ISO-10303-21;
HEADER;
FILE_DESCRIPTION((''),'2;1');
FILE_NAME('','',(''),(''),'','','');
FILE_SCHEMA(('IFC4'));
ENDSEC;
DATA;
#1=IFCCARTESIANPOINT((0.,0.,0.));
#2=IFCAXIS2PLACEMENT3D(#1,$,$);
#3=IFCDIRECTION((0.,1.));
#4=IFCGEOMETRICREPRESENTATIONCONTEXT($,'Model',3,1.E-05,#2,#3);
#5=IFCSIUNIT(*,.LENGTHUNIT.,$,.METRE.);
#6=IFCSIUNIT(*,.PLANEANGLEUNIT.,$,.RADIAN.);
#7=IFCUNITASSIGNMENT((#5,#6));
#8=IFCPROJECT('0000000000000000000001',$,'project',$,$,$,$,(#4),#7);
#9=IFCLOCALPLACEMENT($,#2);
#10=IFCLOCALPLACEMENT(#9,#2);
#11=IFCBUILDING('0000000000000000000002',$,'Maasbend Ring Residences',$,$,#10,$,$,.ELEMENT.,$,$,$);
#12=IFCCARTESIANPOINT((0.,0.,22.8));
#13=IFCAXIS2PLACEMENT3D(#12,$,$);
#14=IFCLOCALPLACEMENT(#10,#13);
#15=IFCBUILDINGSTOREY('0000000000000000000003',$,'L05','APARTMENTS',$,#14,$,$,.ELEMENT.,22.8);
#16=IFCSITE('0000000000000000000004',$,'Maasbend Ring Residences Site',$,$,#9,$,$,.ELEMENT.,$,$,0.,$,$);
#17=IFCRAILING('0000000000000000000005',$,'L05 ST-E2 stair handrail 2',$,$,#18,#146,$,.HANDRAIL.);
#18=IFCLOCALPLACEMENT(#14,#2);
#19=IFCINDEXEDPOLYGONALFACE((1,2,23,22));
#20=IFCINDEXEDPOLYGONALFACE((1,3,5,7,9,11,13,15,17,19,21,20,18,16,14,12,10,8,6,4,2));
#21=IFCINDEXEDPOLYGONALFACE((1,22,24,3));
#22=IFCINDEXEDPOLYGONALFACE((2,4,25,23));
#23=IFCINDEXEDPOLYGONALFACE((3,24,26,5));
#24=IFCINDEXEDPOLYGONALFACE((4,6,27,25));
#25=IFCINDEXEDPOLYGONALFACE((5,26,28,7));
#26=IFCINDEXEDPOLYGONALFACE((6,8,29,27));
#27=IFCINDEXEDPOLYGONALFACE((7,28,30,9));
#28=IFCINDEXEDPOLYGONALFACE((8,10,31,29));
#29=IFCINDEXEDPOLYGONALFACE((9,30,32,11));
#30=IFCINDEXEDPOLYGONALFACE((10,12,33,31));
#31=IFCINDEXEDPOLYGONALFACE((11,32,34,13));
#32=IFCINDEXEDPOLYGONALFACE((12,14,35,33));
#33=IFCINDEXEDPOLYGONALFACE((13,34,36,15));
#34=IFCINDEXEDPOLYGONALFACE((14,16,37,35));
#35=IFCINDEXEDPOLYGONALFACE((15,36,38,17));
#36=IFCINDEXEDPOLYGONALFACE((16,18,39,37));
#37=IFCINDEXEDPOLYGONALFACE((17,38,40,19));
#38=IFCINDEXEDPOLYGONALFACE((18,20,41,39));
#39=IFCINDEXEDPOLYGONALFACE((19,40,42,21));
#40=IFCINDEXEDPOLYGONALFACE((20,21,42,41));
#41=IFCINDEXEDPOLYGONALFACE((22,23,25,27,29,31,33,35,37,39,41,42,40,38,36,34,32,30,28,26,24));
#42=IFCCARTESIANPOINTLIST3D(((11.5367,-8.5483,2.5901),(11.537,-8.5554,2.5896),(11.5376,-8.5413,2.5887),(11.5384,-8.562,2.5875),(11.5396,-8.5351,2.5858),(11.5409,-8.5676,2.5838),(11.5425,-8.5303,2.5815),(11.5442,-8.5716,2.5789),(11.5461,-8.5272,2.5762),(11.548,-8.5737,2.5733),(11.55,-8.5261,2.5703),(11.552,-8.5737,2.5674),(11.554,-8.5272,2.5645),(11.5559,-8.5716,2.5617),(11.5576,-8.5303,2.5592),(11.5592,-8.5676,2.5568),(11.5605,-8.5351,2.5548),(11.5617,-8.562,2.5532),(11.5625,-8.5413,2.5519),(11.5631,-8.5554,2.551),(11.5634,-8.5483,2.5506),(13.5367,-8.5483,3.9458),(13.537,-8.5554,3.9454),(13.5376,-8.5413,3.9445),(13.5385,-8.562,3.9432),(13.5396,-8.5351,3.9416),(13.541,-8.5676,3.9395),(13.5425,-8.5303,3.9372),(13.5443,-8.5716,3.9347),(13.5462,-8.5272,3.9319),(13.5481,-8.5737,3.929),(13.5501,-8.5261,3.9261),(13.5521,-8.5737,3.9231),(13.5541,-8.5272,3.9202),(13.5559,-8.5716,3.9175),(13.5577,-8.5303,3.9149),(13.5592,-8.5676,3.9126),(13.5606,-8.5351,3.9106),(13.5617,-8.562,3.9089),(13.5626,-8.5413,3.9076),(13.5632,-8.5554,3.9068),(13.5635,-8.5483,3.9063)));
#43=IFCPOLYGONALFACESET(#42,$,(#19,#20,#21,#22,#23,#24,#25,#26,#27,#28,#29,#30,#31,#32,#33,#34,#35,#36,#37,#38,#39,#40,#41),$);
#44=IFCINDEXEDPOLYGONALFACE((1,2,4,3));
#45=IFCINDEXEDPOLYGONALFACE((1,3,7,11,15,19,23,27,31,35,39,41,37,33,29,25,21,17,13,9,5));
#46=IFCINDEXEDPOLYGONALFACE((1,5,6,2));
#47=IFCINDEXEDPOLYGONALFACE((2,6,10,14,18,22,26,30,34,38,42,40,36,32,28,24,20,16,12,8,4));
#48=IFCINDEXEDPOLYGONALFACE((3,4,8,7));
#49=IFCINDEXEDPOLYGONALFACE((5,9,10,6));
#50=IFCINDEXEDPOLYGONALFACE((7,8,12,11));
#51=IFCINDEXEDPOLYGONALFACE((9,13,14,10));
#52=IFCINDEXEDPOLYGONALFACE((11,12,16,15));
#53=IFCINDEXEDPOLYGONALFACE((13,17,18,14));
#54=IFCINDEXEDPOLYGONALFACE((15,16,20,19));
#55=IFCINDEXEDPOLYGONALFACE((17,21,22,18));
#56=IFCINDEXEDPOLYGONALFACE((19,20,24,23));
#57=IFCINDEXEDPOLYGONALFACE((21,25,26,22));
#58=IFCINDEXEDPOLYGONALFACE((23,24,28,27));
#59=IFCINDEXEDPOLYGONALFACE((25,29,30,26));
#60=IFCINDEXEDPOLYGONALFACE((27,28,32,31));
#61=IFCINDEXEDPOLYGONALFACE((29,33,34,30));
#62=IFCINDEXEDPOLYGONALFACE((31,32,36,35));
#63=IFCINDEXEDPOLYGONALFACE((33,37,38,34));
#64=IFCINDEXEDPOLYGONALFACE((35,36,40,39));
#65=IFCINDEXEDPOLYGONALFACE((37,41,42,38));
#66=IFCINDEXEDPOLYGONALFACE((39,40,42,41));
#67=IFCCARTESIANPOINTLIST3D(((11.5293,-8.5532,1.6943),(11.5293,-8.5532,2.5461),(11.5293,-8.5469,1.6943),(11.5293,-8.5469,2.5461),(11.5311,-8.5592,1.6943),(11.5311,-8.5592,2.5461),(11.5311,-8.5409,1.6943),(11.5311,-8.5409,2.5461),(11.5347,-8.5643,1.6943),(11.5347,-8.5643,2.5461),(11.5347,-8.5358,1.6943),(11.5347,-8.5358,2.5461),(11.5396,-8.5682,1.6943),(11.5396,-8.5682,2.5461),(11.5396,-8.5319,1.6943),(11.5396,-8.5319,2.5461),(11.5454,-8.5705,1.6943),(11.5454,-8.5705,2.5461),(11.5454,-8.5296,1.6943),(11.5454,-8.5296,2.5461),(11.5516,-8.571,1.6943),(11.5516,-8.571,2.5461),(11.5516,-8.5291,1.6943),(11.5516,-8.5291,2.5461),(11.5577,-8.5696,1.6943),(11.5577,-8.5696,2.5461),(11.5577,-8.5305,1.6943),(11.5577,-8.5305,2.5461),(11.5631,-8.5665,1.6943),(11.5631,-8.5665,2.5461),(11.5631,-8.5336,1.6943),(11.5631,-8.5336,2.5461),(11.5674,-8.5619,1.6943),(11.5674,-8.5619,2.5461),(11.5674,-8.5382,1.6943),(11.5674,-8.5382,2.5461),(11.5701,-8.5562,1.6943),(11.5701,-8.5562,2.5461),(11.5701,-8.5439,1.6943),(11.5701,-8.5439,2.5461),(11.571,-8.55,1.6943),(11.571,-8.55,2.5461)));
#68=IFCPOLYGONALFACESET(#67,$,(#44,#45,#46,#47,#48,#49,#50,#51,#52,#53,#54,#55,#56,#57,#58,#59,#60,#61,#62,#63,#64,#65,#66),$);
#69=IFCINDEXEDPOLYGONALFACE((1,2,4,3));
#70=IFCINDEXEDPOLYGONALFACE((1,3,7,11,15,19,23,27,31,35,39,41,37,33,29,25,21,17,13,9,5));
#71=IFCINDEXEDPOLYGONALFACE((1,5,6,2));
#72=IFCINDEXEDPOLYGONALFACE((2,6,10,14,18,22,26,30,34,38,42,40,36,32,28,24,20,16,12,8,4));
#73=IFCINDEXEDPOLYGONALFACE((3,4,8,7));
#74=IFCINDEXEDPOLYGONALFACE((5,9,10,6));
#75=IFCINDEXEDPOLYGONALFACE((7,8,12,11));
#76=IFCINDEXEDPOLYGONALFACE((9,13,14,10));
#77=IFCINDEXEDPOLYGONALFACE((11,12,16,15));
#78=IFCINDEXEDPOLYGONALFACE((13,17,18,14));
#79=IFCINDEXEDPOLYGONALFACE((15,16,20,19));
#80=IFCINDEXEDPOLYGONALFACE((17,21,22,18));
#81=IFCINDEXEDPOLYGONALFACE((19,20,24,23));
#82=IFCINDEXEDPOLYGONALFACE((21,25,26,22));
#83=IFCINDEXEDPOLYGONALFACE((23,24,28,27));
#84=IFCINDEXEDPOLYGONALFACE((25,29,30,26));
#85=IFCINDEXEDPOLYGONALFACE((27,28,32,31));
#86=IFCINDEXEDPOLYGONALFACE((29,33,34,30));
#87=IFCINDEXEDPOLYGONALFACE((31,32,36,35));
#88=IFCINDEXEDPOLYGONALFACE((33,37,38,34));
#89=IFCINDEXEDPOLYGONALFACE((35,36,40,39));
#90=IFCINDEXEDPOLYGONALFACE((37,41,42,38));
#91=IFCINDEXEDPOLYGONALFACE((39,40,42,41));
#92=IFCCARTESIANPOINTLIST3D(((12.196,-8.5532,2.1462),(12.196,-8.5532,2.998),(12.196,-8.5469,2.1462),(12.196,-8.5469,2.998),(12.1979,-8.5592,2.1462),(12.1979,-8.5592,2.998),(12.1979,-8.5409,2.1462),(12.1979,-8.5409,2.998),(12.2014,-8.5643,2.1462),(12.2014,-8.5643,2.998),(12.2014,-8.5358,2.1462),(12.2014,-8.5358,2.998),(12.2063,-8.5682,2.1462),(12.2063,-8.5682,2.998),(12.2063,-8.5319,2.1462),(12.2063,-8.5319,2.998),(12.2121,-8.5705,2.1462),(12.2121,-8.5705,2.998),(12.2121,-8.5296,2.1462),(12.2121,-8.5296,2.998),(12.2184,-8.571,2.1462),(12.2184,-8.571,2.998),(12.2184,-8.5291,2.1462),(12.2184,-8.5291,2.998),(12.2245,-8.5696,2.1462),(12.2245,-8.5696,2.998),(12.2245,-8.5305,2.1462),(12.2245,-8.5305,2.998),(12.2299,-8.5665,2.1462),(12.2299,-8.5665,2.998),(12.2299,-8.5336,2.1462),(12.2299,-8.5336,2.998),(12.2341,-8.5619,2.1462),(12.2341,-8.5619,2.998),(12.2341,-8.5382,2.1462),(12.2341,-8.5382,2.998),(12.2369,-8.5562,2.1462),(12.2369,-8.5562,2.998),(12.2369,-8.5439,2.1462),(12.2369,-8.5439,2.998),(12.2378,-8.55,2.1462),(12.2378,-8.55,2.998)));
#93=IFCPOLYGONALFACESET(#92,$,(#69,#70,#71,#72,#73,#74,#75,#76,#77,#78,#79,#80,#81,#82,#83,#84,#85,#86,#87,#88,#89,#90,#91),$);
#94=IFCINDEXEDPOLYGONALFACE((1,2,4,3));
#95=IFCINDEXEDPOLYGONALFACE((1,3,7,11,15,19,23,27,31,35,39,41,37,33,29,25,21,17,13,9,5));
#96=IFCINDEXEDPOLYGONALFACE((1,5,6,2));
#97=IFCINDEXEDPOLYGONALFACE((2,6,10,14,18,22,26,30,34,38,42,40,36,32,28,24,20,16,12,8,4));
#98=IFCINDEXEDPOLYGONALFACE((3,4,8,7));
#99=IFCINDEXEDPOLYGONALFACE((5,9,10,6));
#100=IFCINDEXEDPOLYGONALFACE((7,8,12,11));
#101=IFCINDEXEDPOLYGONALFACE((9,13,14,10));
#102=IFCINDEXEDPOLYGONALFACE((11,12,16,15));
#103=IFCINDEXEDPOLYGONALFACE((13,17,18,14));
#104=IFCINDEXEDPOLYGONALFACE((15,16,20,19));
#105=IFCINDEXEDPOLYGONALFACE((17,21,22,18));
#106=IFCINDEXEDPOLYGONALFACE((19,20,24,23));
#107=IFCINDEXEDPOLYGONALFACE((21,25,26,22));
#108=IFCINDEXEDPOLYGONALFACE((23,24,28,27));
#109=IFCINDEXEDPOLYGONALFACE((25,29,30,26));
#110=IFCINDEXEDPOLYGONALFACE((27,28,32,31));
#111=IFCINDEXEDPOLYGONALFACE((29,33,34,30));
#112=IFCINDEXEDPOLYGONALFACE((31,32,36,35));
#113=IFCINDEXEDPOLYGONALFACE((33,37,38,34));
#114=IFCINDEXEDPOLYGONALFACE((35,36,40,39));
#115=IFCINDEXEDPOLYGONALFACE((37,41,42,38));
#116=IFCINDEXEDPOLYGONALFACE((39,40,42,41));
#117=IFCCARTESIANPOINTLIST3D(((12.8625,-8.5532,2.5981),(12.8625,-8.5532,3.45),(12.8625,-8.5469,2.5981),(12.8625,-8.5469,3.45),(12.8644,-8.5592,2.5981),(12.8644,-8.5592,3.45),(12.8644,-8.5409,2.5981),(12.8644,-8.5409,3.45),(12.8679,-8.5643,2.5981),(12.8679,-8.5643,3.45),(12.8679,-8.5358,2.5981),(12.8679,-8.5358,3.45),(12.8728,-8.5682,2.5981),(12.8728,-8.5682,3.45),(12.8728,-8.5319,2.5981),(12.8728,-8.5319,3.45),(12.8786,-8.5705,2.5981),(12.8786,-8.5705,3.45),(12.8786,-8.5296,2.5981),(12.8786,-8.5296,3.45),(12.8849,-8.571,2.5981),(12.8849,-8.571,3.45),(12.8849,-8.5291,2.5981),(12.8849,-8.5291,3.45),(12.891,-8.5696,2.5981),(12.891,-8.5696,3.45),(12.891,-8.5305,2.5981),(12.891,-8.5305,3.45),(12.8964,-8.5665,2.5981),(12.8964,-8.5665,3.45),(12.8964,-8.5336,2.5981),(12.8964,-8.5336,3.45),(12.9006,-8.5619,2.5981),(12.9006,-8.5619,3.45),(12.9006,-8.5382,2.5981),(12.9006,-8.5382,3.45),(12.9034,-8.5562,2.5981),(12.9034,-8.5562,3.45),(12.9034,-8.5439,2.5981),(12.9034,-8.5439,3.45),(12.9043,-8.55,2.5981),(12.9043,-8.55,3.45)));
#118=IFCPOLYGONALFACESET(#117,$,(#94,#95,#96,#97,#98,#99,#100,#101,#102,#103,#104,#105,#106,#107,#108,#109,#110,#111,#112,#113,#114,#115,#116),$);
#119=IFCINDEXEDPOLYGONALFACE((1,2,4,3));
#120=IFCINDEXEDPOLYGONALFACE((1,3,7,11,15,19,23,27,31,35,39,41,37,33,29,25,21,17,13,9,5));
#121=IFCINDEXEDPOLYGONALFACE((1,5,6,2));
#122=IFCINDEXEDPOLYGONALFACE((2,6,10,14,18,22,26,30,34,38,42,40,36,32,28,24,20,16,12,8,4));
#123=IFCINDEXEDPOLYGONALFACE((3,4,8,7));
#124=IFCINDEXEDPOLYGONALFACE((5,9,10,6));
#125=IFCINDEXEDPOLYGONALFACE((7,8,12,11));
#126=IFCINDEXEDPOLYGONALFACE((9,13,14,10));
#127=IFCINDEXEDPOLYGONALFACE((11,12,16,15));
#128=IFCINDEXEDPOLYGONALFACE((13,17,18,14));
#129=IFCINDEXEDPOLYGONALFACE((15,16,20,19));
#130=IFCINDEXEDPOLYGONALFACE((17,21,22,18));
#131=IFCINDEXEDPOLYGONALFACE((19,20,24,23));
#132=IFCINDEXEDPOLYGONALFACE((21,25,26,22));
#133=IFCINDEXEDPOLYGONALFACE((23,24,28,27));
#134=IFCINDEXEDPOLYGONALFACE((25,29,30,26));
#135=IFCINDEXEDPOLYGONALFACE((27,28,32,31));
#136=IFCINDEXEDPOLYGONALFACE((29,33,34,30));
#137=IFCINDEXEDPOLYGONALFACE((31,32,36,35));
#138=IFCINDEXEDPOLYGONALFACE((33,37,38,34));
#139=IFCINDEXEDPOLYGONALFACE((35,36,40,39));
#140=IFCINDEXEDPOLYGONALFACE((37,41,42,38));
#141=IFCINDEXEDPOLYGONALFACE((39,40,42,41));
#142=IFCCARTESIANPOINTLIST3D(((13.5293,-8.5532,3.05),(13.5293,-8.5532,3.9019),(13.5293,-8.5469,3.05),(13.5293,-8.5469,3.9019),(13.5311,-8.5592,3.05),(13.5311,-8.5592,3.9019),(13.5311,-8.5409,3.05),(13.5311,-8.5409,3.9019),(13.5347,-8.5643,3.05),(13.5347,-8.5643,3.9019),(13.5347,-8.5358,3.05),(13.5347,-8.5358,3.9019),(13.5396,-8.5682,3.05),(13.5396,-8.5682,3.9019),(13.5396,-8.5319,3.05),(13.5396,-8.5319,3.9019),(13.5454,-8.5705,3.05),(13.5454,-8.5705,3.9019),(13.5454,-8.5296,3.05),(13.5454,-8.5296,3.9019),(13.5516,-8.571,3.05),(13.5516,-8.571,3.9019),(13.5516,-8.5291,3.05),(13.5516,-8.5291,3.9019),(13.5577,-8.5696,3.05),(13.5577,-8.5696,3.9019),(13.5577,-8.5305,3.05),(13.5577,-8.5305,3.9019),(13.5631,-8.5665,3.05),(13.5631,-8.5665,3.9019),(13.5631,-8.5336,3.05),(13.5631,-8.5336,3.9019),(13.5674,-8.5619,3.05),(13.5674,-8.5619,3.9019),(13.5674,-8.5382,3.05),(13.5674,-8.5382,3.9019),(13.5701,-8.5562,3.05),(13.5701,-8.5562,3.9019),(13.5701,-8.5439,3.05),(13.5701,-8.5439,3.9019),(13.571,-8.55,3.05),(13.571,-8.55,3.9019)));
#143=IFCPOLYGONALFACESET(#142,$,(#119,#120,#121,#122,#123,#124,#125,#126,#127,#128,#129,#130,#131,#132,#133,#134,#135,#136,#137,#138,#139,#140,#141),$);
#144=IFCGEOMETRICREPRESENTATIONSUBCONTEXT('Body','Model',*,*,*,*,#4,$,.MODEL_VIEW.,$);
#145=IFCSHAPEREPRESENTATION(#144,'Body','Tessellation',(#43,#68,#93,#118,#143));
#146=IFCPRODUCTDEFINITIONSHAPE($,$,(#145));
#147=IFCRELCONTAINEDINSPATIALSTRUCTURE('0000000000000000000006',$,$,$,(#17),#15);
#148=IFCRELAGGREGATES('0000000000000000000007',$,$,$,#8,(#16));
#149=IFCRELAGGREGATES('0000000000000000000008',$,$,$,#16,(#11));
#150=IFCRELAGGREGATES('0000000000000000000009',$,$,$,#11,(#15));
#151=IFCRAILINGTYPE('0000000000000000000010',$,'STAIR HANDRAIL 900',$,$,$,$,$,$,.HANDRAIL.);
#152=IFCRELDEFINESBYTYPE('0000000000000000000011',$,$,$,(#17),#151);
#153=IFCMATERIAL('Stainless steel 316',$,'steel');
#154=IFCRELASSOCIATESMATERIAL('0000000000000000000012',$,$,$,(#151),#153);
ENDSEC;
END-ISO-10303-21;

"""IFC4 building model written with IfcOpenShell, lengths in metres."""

from ifc_helpers import new_model, si_unit, direction, frame, origin, origin_2d, place, context, subcontext, project, spatial, circle, extrude, material, type_object, element, save


model = new_model("IFC4")

# Units and contexts
model_context = context("Model", 3, precision=1e-05, world=origin(), true_north=direction((0.0, 1.0)))
body_context = subcontext(model_context, "Body", "Model", "MODEL_VIEW")
ifc_project = project(units=[si_unit("LENGTHUNIT", "METRE"), si_unit("PLANEANGLEUNIT", "RADIAN")], contexts=[model_context])

# Site, building, storey
site_placement = place(None, origin())
site = spatial("IfcSite", under=ifc_project, at=site_placement, Name="Maasbend Ring Residences Site", CompositionType="ELEMENT", RefElevation=0.0)
building_placement = place(site_placement, origin())
building = spatial("IfcBuilding", under=site, at=building_placement, Name="Maasbend Ring Residences", CompositionType="ELEMENT")
storey_placement = place(building_placement, frame((0.0, 0.0, 22.8)))
storey = spatial("IfcBuildingStorey", under=building, at=storey_placement, Name="L05", Description="APARTMENTS", CompositionType="ELEMENT", Elevation=22.8)

# Railing
ifc_material_1 = material(Name="Stainless steel 316", Category="steel")
railing_type_1 = type_object("IfcRailingType", Name="STAIR HANDRAIL 900", PredefinedType="HANDRAIL", material=ifc_material_1)
railing_1_placement = place(storey_placement, frame((11.55, -8.55, 1.6943)))
element("IfcRailing", 1, at=railing_1_placement, inside=storey, type_object=railing_type_1, Name="L05 ST-E2 stair handrail 2", PredefinedType="HANDRAIL", context=body_context, shape_type="SweptSolid", body=[
    extrude(circle(Radius=0.0239, at=origin_2d()), frame((0.0, 0.0, 0.876), z_axis=(0.827751, 0.0, 0.561096), x_axis=(0.0, 1.0, 0.0)), (0.0, 0.0, 1.0), 2.4163),
    extrude(circle(Radius=0.021, at=origin_2d()), origin(), (0.0, 0.0, 1.0), 0.8518),
    extrude(circle(Radius=0.021, at=origin_2d()), frame((0.6667, 0.0, 0.4519)), (0.0, 0.0, 1.0), 0.8518),
    extrude(circle(Radius=0.021, at=origin_2d()), frame((1.3333, 0.0, 0.9038)), (0.0, 0.0, 1.0), 0.8518),
    extrude(circle(Radius=0.021, at=origin_2d()), frame((2.0, 0.0, 1.3557)), (0.0, 0.0, 1.0), 0.8518),
])

save(model, "model.ifc")
